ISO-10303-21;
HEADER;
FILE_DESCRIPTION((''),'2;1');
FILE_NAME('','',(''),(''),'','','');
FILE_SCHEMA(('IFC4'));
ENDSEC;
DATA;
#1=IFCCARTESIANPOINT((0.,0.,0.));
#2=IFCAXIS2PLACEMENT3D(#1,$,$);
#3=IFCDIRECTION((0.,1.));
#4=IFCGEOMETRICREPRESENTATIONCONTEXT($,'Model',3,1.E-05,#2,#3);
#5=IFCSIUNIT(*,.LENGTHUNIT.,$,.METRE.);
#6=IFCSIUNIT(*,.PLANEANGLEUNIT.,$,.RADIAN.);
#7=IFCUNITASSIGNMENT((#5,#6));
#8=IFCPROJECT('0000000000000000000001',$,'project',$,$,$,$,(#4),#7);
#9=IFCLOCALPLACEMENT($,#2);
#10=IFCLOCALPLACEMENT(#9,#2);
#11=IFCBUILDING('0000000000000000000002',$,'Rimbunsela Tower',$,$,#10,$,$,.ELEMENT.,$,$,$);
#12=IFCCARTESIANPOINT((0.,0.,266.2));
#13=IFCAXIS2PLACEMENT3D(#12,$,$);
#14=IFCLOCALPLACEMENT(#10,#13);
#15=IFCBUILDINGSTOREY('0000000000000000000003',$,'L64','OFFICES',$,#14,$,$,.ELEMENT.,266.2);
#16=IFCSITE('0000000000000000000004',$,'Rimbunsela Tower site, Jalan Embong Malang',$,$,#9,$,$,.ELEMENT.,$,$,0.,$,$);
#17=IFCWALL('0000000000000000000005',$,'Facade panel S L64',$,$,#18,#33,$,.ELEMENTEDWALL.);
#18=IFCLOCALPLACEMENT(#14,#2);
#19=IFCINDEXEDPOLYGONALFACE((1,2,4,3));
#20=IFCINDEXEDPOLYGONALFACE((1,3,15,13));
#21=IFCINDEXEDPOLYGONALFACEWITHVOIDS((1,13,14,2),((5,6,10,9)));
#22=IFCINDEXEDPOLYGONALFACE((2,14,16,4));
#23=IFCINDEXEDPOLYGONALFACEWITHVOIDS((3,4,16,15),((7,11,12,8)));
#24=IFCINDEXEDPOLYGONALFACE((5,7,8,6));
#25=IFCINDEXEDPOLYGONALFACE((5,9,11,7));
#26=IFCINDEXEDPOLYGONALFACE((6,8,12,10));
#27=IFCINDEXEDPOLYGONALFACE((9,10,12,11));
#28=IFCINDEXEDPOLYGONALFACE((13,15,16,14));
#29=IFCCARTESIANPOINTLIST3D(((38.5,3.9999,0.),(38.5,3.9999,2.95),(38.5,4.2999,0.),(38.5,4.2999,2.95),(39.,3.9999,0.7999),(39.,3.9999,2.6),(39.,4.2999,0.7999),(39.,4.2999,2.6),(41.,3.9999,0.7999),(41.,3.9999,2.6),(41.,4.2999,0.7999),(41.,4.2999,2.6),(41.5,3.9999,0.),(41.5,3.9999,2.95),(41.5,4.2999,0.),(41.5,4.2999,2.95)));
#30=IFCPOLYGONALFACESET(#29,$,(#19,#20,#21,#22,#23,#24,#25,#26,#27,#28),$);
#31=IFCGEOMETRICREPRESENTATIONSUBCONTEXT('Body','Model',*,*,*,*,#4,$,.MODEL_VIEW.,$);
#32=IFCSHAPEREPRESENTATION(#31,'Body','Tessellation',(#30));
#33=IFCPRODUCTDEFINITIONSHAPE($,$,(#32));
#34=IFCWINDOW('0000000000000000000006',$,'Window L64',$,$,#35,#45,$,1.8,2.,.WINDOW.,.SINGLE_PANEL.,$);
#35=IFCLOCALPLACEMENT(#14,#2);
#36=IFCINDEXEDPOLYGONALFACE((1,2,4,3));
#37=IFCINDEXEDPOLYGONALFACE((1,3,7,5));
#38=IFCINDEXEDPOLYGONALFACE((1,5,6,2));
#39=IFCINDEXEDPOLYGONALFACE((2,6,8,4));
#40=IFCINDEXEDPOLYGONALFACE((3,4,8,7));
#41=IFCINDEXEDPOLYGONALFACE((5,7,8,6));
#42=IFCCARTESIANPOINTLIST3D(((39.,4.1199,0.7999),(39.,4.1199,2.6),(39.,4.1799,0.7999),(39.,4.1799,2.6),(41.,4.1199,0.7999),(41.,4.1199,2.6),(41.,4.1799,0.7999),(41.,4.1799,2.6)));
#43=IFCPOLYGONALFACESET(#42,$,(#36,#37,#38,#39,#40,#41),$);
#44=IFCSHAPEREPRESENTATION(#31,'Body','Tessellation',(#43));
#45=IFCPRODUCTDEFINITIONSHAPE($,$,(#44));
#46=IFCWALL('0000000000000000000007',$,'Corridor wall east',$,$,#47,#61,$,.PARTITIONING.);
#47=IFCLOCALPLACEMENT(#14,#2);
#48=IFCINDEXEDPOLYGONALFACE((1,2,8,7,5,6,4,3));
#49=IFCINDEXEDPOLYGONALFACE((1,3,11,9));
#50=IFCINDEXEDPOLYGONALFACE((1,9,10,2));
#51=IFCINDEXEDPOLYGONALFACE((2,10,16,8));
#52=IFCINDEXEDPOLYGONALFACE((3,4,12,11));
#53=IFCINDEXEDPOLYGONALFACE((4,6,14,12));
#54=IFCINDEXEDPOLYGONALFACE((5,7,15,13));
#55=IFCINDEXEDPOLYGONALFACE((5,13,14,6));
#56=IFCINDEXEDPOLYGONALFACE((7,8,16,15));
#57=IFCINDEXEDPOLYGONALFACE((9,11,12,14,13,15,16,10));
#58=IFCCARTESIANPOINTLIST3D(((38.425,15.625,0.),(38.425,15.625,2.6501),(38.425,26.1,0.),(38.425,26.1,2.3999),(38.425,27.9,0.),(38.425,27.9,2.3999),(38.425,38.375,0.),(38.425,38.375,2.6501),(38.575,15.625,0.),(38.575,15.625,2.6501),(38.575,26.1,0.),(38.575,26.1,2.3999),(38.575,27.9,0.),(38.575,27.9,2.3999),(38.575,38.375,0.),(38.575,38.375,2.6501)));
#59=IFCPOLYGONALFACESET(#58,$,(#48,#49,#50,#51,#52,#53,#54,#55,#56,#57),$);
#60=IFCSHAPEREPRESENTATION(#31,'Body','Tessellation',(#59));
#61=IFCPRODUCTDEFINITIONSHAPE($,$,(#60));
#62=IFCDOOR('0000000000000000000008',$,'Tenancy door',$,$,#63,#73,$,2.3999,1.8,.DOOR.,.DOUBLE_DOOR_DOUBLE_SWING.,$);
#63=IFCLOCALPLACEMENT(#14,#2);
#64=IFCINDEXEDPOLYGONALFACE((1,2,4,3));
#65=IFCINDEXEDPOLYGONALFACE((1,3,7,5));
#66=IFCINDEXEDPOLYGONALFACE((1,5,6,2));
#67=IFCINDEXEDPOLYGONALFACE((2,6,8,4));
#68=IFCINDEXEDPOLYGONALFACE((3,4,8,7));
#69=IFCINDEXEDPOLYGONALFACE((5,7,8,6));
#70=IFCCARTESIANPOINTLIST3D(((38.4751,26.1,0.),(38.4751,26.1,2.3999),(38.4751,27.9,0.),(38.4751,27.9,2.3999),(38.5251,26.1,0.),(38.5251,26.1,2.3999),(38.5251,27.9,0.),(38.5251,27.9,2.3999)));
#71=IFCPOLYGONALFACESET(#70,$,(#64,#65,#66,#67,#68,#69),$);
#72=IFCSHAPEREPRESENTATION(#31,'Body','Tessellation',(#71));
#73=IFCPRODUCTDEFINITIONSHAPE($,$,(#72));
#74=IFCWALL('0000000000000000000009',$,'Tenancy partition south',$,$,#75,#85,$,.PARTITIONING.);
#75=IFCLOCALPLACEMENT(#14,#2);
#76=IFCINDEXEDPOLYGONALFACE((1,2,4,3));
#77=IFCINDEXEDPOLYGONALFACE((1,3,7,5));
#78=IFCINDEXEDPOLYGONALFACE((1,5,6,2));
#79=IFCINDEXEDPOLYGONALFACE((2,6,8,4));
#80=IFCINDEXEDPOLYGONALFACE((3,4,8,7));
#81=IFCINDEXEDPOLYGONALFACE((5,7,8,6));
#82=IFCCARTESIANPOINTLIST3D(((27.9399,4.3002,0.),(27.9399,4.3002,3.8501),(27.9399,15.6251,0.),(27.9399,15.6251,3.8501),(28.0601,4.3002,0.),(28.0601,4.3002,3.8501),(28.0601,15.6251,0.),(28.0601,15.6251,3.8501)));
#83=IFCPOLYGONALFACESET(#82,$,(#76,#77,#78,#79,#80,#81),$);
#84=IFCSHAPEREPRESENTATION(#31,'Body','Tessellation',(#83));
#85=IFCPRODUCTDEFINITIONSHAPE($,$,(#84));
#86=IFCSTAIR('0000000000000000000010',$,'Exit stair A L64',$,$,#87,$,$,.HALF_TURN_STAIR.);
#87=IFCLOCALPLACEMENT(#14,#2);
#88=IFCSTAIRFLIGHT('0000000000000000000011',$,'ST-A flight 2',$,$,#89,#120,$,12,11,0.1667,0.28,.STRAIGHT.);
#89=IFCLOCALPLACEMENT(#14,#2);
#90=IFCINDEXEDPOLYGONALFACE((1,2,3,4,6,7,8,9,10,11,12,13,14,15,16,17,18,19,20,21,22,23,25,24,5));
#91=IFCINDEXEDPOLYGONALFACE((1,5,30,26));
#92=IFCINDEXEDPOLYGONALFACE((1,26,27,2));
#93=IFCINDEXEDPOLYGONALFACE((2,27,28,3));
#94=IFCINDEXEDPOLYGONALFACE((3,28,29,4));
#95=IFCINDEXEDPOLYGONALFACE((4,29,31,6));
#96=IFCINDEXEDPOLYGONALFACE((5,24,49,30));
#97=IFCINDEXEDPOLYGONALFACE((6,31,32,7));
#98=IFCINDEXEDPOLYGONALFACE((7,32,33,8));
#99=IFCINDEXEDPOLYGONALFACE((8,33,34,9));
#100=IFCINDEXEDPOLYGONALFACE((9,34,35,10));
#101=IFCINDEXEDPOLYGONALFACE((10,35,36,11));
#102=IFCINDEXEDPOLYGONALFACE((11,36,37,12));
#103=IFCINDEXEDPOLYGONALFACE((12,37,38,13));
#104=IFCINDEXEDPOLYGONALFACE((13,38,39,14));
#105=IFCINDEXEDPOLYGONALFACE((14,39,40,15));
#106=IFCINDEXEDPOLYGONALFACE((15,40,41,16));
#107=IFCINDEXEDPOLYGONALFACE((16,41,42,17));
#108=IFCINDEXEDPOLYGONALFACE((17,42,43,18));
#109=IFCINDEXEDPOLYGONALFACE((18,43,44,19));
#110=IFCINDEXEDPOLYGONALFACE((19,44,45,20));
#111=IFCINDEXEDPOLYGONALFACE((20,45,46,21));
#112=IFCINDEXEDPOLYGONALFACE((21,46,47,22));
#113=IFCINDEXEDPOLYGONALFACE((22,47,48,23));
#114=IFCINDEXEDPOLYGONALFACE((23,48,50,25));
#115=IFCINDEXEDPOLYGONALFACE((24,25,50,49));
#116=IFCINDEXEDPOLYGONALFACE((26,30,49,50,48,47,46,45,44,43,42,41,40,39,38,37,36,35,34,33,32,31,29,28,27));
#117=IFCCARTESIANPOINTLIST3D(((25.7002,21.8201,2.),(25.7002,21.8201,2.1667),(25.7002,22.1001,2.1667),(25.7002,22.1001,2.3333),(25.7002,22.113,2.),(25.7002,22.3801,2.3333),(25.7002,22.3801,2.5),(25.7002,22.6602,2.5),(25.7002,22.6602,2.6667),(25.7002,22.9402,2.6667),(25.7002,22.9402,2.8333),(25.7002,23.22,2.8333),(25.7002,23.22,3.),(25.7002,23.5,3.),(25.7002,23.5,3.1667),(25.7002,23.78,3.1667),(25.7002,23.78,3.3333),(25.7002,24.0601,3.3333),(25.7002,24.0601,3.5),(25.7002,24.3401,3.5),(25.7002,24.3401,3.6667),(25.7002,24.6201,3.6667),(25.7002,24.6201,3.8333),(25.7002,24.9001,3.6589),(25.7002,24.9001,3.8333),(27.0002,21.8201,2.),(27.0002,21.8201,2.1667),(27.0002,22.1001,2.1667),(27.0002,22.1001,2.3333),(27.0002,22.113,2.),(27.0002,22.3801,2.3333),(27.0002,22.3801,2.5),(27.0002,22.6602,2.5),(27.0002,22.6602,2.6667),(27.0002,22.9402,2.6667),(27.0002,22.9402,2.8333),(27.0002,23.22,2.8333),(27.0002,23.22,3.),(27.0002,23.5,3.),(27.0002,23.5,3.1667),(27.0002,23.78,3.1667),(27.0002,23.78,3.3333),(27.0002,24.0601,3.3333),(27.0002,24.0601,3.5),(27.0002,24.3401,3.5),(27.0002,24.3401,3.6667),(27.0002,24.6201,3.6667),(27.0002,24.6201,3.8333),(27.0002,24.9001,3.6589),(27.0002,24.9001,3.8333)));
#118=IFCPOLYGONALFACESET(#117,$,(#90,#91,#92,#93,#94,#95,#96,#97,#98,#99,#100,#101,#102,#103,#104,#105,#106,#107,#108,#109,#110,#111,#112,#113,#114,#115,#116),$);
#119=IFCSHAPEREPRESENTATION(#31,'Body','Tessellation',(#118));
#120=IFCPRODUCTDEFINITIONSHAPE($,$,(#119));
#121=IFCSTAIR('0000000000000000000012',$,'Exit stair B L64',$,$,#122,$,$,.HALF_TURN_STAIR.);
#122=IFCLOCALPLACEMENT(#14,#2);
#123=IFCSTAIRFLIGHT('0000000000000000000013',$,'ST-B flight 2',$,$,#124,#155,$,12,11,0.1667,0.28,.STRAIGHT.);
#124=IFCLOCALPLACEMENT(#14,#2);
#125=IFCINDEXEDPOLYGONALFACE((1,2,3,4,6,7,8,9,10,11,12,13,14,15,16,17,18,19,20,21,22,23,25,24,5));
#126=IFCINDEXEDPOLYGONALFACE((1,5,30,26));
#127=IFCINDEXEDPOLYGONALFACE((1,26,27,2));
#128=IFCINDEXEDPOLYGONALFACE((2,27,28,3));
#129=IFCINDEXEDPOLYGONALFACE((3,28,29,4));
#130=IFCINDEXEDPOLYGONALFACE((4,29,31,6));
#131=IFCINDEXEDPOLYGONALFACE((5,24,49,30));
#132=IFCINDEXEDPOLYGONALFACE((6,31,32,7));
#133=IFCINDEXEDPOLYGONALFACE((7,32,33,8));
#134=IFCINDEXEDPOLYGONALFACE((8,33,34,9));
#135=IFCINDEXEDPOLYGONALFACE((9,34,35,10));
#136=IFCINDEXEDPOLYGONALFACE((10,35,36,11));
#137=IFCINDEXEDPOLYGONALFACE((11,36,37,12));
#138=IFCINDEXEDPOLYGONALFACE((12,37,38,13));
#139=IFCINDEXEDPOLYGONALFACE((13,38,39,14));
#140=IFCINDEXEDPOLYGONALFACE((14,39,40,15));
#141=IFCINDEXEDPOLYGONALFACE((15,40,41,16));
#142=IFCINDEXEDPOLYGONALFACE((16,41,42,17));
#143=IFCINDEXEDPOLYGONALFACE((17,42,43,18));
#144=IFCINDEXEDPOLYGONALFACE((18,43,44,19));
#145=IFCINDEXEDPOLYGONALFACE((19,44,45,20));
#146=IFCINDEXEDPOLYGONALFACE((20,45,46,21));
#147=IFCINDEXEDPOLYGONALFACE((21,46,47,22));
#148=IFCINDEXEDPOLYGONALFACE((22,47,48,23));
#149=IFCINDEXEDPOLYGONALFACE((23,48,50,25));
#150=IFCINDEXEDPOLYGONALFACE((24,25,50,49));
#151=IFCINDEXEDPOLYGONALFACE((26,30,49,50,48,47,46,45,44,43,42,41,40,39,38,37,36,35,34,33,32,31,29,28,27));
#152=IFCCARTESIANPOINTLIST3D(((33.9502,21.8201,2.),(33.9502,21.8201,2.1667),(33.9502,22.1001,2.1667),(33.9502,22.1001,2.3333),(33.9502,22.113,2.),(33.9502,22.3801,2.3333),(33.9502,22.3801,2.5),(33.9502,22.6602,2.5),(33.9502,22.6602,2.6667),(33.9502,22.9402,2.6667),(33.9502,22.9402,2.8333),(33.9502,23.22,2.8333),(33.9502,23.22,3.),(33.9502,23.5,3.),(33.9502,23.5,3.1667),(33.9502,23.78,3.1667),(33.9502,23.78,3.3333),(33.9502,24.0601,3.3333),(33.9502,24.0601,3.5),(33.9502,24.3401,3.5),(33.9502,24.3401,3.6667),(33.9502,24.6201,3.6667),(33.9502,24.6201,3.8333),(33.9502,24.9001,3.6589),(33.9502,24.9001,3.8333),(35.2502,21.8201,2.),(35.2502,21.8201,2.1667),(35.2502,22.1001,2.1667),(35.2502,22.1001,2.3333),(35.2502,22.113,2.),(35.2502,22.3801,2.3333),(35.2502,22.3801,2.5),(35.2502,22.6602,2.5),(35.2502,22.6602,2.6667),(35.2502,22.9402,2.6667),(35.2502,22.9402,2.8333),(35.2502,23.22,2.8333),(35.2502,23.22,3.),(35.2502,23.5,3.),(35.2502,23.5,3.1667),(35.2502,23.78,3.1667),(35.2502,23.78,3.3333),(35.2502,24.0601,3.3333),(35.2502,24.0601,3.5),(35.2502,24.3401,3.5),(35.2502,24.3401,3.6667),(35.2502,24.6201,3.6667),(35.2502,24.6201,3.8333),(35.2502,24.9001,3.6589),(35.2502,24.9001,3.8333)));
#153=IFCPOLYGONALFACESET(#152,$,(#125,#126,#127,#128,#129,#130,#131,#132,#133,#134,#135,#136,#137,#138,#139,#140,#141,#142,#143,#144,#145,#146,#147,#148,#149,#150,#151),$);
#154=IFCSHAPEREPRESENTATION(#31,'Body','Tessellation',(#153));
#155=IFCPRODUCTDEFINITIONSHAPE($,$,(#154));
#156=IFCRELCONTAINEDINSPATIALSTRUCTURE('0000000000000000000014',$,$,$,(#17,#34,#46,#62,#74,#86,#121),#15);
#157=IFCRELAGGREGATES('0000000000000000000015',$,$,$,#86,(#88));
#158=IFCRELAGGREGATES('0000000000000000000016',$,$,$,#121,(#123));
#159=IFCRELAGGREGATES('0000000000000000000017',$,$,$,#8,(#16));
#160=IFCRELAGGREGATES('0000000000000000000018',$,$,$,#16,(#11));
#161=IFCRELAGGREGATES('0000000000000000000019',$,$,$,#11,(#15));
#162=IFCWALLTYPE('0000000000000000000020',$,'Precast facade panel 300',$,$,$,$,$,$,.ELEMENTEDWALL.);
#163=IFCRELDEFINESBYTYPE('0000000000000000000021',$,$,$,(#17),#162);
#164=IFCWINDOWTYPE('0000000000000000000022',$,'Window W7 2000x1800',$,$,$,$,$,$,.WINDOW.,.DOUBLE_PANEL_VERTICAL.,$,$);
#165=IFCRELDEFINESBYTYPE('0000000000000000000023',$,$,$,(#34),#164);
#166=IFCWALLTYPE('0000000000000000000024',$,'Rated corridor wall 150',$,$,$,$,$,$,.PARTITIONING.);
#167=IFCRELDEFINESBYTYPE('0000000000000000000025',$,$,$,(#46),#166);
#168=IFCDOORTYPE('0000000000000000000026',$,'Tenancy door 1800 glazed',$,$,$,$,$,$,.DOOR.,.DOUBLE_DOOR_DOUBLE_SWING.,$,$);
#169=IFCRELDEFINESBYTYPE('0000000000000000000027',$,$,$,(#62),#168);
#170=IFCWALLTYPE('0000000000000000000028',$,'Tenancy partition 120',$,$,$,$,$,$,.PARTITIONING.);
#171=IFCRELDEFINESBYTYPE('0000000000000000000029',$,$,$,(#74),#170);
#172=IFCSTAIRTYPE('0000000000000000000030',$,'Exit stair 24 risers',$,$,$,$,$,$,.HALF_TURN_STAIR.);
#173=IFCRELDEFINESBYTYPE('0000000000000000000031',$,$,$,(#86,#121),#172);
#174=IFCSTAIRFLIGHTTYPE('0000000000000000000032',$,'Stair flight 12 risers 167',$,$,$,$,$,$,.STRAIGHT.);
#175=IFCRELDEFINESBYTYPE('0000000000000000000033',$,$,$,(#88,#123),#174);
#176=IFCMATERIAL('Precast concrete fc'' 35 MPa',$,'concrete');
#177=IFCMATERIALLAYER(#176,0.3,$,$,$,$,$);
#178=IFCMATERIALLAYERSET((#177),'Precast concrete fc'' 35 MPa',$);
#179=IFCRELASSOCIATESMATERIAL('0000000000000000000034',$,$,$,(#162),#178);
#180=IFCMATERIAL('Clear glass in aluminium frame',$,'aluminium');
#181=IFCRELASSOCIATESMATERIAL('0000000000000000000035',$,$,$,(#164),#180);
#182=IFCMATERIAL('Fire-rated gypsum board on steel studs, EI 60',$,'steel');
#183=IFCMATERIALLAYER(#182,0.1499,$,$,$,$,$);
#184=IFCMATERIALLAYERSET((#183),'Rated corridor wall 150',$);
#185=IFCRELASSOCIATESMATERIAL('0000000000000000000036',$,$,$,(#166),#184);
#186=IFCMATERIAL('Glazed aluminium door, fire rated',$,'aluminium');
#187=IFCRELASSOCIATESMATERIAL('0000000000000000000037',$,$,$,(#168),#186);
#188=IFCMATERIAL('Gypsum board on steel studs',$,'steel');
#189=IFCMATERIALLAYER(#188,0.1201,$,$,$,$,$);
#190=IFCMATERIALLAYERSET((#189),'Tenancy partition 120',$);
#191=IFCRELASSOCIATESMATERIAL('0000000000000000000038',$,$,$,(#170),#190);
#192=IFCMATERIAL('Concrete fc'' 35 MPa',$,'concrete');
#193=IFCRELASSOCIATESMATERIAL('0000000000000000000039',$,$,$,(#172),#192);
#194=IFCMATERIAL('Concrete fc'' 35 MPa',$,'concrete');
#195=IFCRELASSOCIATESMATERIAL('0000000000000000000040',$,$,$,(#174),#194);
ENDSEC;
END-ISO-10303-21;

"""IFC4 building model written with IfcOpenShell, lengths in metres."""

from ifc_helpers import new_model, si_unit, direction, frame, frame_2d, origin, place, context, subcontext, project, spatial, polyline, rectangle, outline, extrude, material, layer, layer_set, type_object, element, fill, aggregate, save


model = new_model("IFC4")

# Units and contexts
model_context = context("Model", 3, precision=1e-05, world=origin(), true_north=direction((0.0, 1.0)))
body_context = subcontext(model_context, "Body", "Model", "MODEL_VIEW")
ifc_project = project(units=[si_unit("LENGTHUNIT", "METRE"), si_unit("PLANEANGLEUNIT", "RADIAN")], contexts=[model_context])

# Site, building, storey
site_placement = place(None, origin())
site = spatial("IfcSite", under=ifc_project, at=site_placement, Name="Rimbunsela Tower site, Jalan Embong Malang", CompositionType="ELEMENT", RefElevation=0.0)
building_placement = place(site_placement, origin())
building = spatial("IfcBuilding", under=site, at=building_placement, Name="Rimbunsela Tower", CompositionType="ELEMENT")
storey_placement = place(building_placement, frame((0.0, 0.0, 266.2)))
storey = spatial("IfcBuildingStorey", under=building, at=storey_placement, Name="L64", Description="OFFICES", CompositionType="ELEMENT", Elevation=266.2)

# Wall, opening, window
ifc_material_1 = material(Name="Precast concrete fc' 35 MPa", Category="concrete")
ifc_layer_1 = layer(ifc_material_1, 0.3)
ifc_layer_set_1 = layer_set([ifc_layer_1], Name="Precast concrete fc' 35 MPa")
wall_type_1 = type_object("IfcWallType", Name="Precast facade panel 300", PredefinedType="ELEMENTEDWALL", material=ifc_layer_set_1)
wall_1_placement = place(storey_placement, frame((38.5, 4.1499, 0.0), z_axis=(0.0, 0.0, 1.0), x_axis=(1.0, 0.0, 0.0)))
wall_1 = element("IfcWall", 1, at=wall_1_placement, inside=storey, type_object=wall_type_1, Name="Facade panel S L64", PredefinedType="ELEMENTEDWALL", context=body_context, shape_type="SweptSolid", body=[
    extrude(rectangle(XDim=3.0, YDim=0.3, at=frame_2d((1.5, 0.0))), origin(), (0.0, 0.0, 1.0), 2.95),
])
opening_1_placement = place(wall_1_placement, frame((0.5, 0.0, 0.8)))
opening_1 = element("IfcOpeningElement", 2, at=opening_1_placement, cuts=wall_1, PredefinedType="OPENING", context=body_context, shape_type="SweptSolid", body=[
    extrude(rectangle(XDim=2.0, YDim=1.8, at=frame_2d((1.0, 0.8999))), frame((0.0, 0.1599, 0.0), z_axis=(0.0, -1.0, 0.0), x_axis=(1.0, 0.0, 0.0)), (0.0, 0.0, 1.0), 0.3201),
])
ifc_material_2 = material(Name="Clear glass in aluminium frame", Category="aluminium")
window_type = type_object("IfcWindowType", Name="Window W7 2000x1800", PartitioningType="DOUBLE_PANEL_VERTICAL", PredefinedType="WINDOW", material=ifc_material_2)
window_placement = place(opening_1_placement, origin())
window = element("IfcWindow", 3, at=window_placement, inside=storey, type_object=window_type, Name="Window L64", OverallHeight=1.8, OverallWidth=2.0, PartitioningType="SINGLE_PANEL", PredefinedType="WINDOW", context=body_context, shape_type="SweptSolid", body=[
    extrude(rectangle(XDim=2.0, YDim=1.8, at=frame_2d((1.0, 0.8999))), frame((0.0, 0.03, 0.0), z_axis=(0.0, -1.0, 0.0), x_axis=(1.0, 0.0, 0.0)), (0.0, 0.0, 1.0), 0.0601),
])
fill(opening_1, window)

# Wall, opening, door
ifc_material_3 = material(Name="Fire-rated gypsum board on steel studs, EI 60", Category="steel")
ifc_layer_2 = layer(ifc_material_3, 0.1499)
ifc_layer_set_2 = layer_set([ifc_layer_2], Name="Rated corridor wall 150")
wall_type_2 = type_object("IfcWallType", Name="Rated corridor wall 150", PredefinedType="PARTITIONING", material=ifc_layer_set_2)
wall_2_placement = place(storey_placement, frame((38.5, 15.625, 0.0), z_axis=(0.0, 0.0, 1.0), x_axis=(0.0, 1.0, 0.0)))
wall_2 = element("IfcWall", 4, at=wall_2_placement, inside=storey, type_object=wall_type_2, Name="Corridor wall east", PredefinedType="PARTITIONING", context=body_context, shape_type="SweptSolid", body=[
    extrude(rectangle(XDim=22.75, YDim=0.1499, at=frame_2d((11.375, 0.0))), origin(), (0.0, 0.0, 1.0), 2.6501),
])
opening_2_placement = place(wall_2_placement, frame((10.4751, 0.0, 0.0)))
opening_2 = element("IfcOpeningElement", 5, at=opening_2_placement, cuts=wall_2, PredefinedType="OPENING", context=body_context, shape_type="SweptSolid", body=[
    extrude(rectangle(XDim=1.8, YDim=2.3999, at=frame_2d((0.8999, 1.2))), frame((0.0, 0.085, 0.0), z_axis=(0.0, -1.0, 0.0), x_axis=(1.0, 0.0, 0.0)), (0.0, 0.0, 1.0), 0.1699),
])
ifc_material_4 = material(Name="Glazed aluminium door, fire rated", Category="aluminium")
door_type_1 = type_object("IfcDoorType", Name="Tenancy door 1800 glazed", OperationType="DOUBLE_DOOR_DOUBLE_SWING", PredefinedType="DOOR", material=ifc_material_4)
door_1_placement = place(opening_2_placement, origin())
door_1 = element("IfcDoor", 6, at=door_1_placement, inside=storey, type_object=door_type_1, Name="Tenancy door", OperationType="DOUBLE_DOOR_DOUBLE_SWING", OverallHeight=2.3999, OverallWidth=1.8, PredefinedType="DOOR", context=body_context, shape_type="SweptSolid", body=[
    extrude(rectangle(XDim=1.8, YDim=2.3999, at=frame_2d((0.8999, 1.2))), frame((0.0, 0.0249, 0.0), z_axis=(0.0, -1.0, 0.0), x_axis=(1.0, 0.0, 0.0)), (0.0, 0.0, 1.0), 0.05),
])
fill(opening_2, door_1)

# Wall
ifc_material_5 = material(Name="Gypsum board on steel studs", Category="steel")
ifc_layer_3 = layer(ifc_material_5, 0.1201)
ifc_layer_set_3 = layer_set([ifc_layer_3], Name="Tenancy partition 120")
wall_type_3 = type_object("IfcWallType", Name="Tenancy partition 120", PredefinedType="PARTITIONING", material=ifc_layer_set_3)
wall_3_placement = place(storey_placement, frame((28.0, 4.3, 0.0), z_axis=(0.0, 0.0, 1.0), x_axis=(0.0, 1.0, 0.0)))
element("IfcWall", 7, at=wall_3_placement, inside=storey, type_object=wall_type_3, Name="Tenancy partition south", PredefinedType="PARTITIONING", context=body_context, shape_type="SweptSolid", body=[
    extrude(rectangle(XDim=11.325, YDim=0.1201, at=frame_2d((5.6626, 0.0))), origin(), (0.0, 0.0, 1.0), 3.8501),
])

# Stairs, stair flights
ifc_material_6 = material(Name="Concrete fc' 35 MPa", Category="concrete")
stair_type = type_object("IfcStairType", Name="Exit stair 24 risers", PredefinedType="HALF_TURN_STAIR", material=ifc_material_6)
stair_1_placement = place(storey_placement, origin())
stair_1 = element("IfcStair", 8, at=stair_1_placement, inside=storey, type_object=stair_type, Name="Exit stair A L64", PredefinedType="HALF_TURN_STAIR")
ifc_material_7 = material(Name="Concrete fc' 35 MPa", Category="concrete")
stair_flight_type = type_object("IfcStairFlightType", Name="Stair flight 12 risers 167", PredefinedType="STRAIGHT", material=ifc_material_7)
stair_flight_1_placement = place(storey_placement, frame((26.3501, 21.8201, 2.0), z_axis=(0.0, 0.0, 1.0), x_axis=(0.0, 1.0, 0.0)))
stair_flight_1 = element("IfcStairFlight", 9, at=stair_flight_1_placement, type_object=stair_flight_type, Name="ST-A flight 2", NumberOfRisers=12, NumberOfTreads=11, PredefinedType="STRAIGHT", RiserHeight=0.1667, TreadLength=0.28, context=body_context, shape_type="SweptSolid", body=[
    extrude(outline(polyline([(0.0, 0.0), (0.0, 0.1667), (0.28, 0.1667), (0.28, 0.3333), (0.5601, 0.3333), (0.5601, 0.5), (0.8401, 0.5), (0.8401, 0.6667), (1.1201, 0.6667), (1.1201, 0.8333), (1.3999, 0.8333), (1.3999, 1.0), (1.6799, 1.0), (1.6799, 1.1667), (1.96, 1.1667), (1.96, 1.3333), (2.24, 1.3333), (2.24, 1.5), (2.52, 1.5), (2.52, 1.6667), (2.8, 1.6667), (2.8, 1.8333), (3.0801, 1.8333), (3.0801, 2.0), (3.0801, 1.6589), (0.293, 0.0), (0.0, 0.0)])), frame((0.0, 0.6499, 0.0), z_axis=(0.0, -1.0, 0.0), x_axis=(1.0, 0.0, 0.0)), (0.0, 0.0, 1.0), 1.3),
])
aggregate(stair_1, [stair_flight_1])
stair_2_placement = place(storey_placement, origin())
stair_2 = element("IfcStair", 10, at=stair_2_placement, inside=storey, type_object=stair_type, Name="Exit stair B L64", PredefinedType="HALF_TURN_STAIR")
stair_flight_2_placement = place(storey_placement, frame((34.6001, 21.8201, 2.0), z_axis=(0.0, 0.0, 1.0), x_axis=(0.0, 1.0, 0.0)))
stair_flight_2 = element("IfcStairFlight", 11, at=stair_flight_2_placement, type_object=stair_flight_type, Name="ST-B flight 2", NumberOfRisers=12, NumberOfTreads=11, PredefinedType="STRAIGHT", RiserHeight=0.1667, TreadLength=0.28, context=body_context, shape_type="SweptSolid", body=[
    extrude(outline(polyline([(0.0, 0.0), (0.0, 0.1667), (0.28, 0.1667), (0.28, 0.3333), (0.5601, 0.3333), (0.5601, 0.5), (0.8401, 0.5), (0.8401, 0.6667), (1.1201, 0.6667), (1.1201, 0.8333), (1.3999, 0.8333), (1.3999, 1.0), (1.6799, 1.0), (1.6799, 1.1667), (1.96, 1.1667), (1.96, 1.3333), (2.24, 1.3333), (2.24, 1.5), (2.52, 1.5), (2.52, 1.6667), (2.8, 1.6667), (2.8, 1.8333), (3.0801, 1.8333), (3.0801, 2.0), (3.0801, 1.6589), (0.293, 0.0), (0.0, 0.0)])), frame((0.0, 0.6499, 0.0), z_axis=(0.0, -1.0, 0.0), x_axis=(1.0, 0.0, 0.0)), (0.0, 0.0, 1.0), 1.3),
])
aggregate(stair_2, [stair_flight_2])

save(model, "model.ifc")
